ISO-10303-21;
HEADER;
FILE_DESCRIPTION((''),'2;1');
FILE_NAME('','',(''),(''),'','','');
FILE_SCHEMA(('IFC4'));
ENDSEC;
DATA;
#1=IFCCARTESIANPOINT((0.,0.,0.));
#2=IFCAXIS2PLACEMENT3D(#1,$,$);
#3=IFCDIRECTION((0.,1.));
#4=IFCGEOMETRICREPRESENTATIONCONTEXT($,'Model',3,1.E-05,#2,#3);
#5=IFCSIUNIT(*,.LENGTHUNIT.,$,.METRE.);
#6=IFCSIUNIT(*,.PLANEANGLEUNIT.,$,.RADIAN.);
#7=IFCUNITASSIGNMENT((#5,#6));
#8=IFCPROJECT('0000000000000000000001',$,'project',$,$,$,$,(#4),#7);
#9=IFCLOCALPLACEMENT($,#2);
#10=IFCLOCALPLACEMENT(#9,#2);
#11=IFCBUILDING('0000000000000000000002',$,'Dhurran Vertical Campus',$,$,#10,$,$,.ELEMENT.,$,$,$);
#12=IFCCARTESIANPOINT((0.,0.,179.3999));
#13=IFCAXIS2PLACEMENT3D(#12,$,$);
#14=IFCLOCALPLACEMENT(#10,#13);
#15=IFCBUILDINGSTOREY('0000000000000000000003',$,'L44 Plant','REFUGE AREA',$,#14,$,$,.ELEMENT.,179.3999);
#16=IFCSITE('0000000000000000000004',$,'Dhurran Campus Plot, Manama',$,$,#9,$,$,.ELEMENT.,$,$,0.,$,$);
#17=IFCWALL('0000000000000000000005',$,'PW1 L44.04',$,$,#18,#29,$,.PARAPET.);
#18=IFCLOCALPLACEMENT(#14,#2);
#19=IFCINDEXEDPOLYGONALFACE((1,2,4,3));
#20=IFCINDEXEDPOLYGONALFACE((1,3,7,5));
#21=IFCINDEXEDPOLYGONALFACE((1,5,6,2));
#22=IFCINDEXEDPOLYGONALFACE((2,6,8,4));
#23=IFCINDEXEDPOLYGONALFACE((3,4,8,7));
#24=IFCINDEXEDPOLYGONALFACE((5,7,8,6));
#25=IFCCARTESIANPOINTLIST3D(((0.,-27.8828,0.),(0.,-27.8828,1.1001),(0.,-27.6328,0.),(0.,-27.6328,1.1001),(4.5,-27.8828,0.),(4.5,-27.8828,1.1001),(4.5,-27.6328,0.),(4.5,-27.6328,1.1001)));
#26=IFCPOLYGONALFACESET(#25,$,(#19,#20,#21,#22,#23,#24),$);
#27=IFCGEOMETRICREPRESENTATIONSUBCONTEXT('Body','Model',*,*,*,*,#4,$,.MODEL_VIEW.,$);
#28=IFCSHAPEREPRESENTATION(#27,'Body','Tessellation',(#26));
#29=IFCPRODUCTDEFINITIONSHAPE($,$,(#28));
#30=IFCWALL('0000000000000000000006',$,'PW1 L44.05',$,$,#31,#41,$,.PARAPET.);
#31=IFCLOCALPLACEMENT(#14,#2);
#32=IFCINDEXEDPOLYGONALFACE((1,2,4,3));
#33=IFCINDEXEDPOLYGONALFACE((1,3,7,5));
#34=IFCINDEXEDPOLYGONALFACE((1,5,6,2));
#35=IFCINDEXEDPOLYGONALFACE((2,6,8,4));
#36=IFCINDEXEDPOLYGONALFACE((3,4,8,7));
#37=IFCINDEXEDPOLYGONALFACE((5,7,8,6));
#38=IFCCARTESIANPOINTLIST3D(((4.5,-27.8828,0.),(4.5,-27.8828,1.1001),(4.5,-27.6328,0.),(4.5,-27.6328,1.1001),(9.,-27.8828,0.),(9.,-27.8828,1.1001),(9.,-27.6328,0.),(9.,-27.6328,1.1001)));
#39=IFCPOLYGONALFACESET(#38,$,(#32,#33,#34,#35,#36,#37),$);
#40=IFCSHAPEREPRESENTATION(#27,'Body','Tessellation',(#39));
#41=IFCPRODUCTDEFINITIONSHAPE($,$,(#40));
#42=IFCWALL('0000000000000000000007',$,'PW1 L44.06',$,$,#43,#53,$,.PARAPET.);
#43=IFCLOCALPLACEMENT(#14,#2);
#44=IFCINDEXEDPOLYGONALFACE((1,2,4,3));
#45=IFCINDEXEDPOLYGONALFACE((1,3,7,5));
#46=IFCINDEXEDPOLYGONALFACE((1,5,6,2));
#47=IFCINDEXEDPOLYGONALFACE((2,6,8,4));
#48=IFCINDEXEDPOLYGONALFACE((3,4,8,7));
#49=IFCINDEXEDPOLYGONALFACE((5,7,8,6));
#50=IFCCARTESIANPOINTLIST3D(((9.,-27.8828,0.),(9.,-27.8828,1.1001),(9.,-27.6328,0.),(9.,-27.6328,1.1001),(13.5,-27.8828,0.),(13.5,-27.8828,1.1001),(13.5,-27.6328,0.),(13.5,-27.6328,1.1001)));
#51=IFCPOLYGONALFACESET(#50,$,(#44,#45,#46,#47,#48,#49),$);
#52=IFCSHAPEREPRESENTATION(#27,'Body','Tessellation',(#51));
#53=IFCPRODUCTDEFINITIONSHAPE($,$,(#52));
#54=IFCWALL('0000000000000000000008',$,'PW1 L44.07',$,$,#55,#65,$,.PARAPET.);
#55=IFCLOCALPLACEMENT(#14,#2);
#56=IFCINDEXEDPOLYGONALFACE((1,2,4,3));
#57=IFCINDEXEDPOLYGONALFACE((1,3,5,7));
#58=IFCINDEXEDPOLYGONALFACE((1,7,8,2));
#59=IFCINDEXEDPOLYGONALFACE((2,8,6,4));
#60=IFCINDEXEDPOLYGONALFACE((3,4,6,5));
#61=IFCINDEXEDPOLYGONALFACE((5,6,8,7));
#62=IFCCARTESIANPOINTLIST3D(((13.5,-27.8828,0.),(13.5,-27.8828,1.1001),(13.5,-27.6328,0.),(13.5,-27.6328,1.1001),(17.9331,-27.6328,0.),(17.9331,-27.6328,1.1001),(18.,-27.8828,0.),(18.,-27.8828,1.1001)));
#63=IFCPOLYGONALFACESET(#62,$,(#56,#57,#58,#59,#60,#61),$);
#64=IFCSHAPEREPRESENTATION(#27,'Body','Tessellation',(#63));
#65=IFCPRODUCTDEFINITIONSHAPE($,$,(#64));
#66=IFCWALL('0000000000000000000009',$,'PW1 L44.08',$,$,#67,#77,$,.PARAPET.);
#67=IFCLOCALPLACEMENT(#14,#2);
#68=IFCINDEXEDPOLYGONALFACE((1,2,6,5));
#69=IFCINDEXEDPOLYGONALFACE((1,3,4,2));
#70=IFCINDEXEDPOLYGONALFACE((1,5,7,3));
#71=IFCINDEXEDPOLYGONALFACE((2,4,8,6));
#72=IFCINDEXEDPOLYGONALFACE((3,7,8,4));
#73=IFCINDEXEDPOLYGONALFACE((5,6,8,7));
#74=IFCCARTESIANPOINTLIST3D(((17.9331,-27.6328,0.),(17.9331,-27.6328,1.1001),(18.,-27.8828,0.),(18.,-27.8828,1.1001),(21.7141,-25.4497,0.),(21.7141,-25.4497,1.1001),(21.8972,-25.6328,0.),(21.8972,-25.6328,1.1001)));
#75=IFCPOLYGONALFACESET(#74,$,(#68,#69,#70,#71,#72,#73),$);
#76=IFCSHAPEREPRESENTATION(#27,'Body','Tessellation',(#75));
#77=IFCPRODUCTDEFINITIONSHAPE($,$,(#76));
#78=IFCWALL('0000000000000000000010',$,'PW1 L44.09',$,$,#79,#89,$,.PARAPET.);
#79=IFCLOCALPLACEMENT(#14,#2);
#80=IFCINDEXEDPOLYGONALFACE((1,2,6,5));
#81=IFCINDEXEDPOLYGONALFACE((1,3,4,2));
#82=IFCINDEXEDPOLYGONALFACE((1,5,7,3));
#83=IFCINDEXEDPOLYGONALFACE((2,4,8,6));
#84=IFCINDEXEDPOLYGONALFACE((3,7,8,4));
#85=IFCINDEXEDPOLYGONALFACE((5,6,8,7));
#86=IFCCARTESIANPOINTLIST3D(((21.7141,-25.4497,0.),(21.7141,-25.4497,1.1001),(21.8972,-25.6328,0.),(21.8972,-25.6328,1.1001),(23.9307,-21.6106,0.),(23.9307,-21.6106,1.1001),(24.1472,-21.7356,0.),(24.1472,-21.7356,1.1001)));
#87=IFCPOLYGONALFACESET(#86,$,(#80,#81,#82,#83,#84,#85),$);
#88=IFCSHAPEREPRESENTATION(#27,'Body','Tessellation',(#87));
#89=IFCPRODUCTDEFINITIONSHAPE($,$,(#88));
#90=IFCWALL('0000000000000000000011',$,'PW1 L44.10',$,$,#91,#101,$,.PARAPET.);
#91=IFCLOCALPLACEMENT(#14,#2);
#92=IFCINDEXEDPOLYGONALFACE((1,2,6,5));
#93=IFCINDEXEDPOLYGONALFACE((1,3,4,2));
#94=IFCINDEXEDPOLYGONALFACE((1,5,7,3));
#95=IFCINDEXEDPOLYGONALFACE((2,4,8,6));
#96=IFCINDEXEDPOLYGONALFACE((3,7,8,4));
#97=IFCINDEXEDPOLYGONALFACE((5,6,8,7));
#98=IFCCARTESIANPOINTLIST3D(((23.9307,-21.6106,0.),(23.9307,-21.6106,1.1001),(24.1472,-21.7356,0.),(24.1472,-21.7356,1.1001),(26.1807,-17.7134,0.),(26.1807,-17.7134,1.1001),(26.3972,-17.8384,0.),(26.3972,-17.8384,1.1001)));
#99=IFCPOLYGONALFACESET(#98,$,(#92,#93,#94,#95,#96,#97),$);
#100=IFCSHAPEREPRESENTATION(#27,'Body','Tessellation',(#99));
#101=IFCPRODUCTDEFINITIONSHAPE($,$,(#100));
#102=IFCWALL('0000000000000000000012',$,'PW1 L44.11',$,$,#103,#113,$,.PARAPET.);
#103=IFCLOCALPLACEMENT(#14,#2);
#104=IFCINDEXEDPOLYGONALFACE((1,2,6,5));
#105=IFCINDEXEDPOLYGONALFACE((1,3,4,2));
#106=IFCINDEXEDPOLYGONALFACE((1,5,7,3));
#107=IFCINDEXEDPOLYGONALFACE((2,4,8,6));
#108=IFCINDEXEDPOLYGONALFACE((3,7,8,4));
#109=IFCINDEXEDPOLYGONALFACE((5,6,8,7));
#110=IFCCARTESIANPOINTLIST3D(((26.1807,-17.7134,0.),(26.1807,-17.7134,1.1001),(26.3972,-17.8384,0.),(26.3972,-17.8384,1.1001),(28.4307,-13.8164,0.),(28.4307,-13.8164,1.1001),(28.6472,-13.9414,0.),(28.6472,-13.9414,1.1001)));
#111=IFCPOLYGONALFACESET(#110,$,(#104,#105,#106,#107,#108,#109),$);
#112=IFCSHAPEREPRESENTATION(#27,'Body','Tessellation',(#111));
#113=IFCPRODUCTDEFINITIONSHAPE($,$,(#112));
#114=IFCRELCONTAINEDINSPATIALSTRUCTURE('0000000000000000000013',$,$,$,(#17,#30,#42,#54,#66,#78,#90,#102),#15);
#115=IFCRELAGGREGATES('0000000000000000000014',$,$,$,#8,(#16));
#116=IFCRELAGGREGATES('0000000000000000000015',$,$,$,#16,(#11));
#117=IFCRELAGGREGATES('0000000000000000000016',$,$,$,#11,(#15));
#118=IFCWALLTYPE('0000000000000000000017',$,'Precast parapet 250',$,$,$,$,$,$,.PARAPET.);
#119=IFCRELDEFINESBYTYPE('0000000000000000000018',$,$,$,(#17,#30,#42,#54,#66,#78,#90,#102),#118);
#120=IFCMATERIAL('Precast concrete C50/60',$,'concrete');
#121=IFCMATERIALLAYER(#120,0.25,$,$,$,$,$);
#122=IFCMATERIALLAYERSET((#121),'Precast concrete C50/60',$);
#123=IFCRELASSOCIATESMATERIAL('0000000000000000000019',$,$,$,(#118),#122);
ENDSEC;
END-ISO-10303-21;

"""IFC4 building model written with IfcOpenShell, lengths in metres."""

from ifc_helpers import new_model, si_unit, direction, frame, origin, place, context, subcontext, project, spatial, polyline, outline, extrude, material, layer, layer_set, type_object, element, save


model = new_model("IFC4")

# Units and contexts
model_context = context("Model", 3, precision=1e-05, world=origin(), true_north=direction((0.0, 1.0)))
body_context = subcontext(model_context, "Body", "Model", "MODEL_VIEW")
ifc_project = project(units=[si_unit("LENGTHUNIT", "METRE"), si_unit("PLANEANGLEUNIT", "RADIAN")], contexts=[model_context])

# Site, building, storey
site_placement = place(None, origin())
site = spatial("IfcSite", under=ifc_project, at=site_placement, Name="Dhurran Campus Plot, Manama", CompositionType="ELEMENT", RefElevation=0.0)
building_placement = place(site_placement, origin())
building = spatial("IfcBuilding", under=site, at=building_placement, Name="Dhurran Vertical Campus", CompositionType="ELEMENT")
storey_placement = place(building_placement, frame((0.0, 0.0, 179.3999)))
storey = spatial("IfcBuildingStorey", under=building, at=storey_placement, Name="L44 Plant", Description="REFUGE AREA", CompositionType="ELEMENT", Elevation=179.3999)

# Walls
ifc_material_1 = material(Name="Precast concrete C50/60", Category="concrete")
ifc_layer_1 = layer(ifc_material_1, 0.25)
ifc_layer_set_1 = layer_set([ifc_layer_1], Name="Precast concrete C50/60")
wall_type = type_object("IfcWallType", Name="Precast parapet 250", PredefinedType="PARAPET", material=ifc_layer_set_1)
wall_1_placement = place(storey_placement, origin())
element("IfcWall", 1, at=wall_1_placement, inside=storey, type_object=wall_type, Name="PW1 L44.04", PredefinedType="PARAPET", context=body_context, shape_type="SweptSolid", body=[
    extrude(outline(polyline([(0.0, -27.8828), (4.5, -27.8828), (4.5, -27.6328), (0.0, -27.6328), (0.0, -27.8828)])), origin(), (0.0, 0.0, 1.0), 1.1001),
])
wall_2_placement = place(storey_placement, origin())
element("IfcWall", 2, at=wall_2_placement, inside=storey, type_object=wall_type, Name="PW1 L44.05", PredefinedType="PARAPET", context=body_context, shape_type="SweptSolid", body=[
    extrude(outline(polyline([(4.5, -27.8828), (9.0, -27.8828), (9.0, -27.6328), (4.5, -27.6328), (4.5, -27.8828)])), origin(), (0.0, 0.0, 1.0), 1.1001),
])
wall_3_placement = place(storey_placement, origin())
element("IfcWall", 3, at=wall_3_placement, inside=storey, type_object=wall_type, Name="PW1 L44.06", PredefinedType="PARAPET", context=body_context, shape_type="SweptSolid", body=[
    extrude(outline(polyline([(9.0, -27.8828), (13.5, -27.8828), (13.5, -27.6328), (9.0, -27.6328), (9.0, -27.8828)])), origin(), (0.0, 0.0, 1.0), 1.1001),
])
wall_4_placement = place(storey_placement, origin())
element("IfcWall", 4, at=wall_4_placement, inside=storey, type_object=wall_type, Name="PW1 L44.07", PredefinedType="PARAPET", context=body_context, shape_type="SweptSolid", body=[
    extrude(outline(polyline([(13.5, -27.8828), (18.0, -27.8828), (17.9331, -27.6328), (13.5, -27.6328), (13.5, -27.8828)])), origin(), (0.0, 0.0, 1.0), 1.1001),
])
wall_5_placement = place(storey_placement, origin())
element("IfcWall", 5, at=wall_5_placement, inside=storey, type_object=wall_type, Name="PW1 L44.08", PredefinedType="PARAPET", context=body_context, shape_type="SweptSolid", body=[
    extrude(outline(polyline([(18.0, -27.8828), (21.8972, -25.6328), (21.7141, -25.4497), (17.9331, -27.6328), (18.0, -27.8828)])), origin(), (0.0, 0.0, 1.0), 1.1001),
])
wall_6_placement = place(storey_placement, origin())
element("IfcWall", 6, at=wall_6_placement, inside=storey, type_object=wall_type, Name="PW1 L44.09", PredefinedType="PARAPET", context=body_context, shape_type="SweptSolid", body=[
    extrude(outline(polyline([(21.8972, -25.6328), (24.1472, -21.7356), (23.9307, -21.6106), (21.7141, -25.4497), (21.8972, -25.6328)])), origin(), (0.0, 0.0, 1.0), 1.1001),
])
wall_7_placement = place(storey_placement, origin())
element("IfcWall", 7, at=wall_7_placement, inside=storey, type_object=wall_type, Name="PW1 L44.10", PredefinedType="PARAPET", context=body_context, shape_type="SweptSolid", body=[
    extrude(outline(polyline([(24.1472, -21.7356), (26.3972, -17.8384), (26.1807, -17.7134), (23.9307, -21.6106), (24.1472, -21.7356)])), origin(), (0.0, 0.0, 1.0), 1.1001),
])
wall_8_placement = place(storey_placement, origin())
element("IfcWall", 8, at=wall_8_placement, inside=storey, type_object=wall_type, Name="PW1 L44.11", PredefinedType="PARAPET", context=body_context, shape_type="SweptSolid", body=[
    extrude(outline(polyline([(26.3972, -17.8384), (28.6472, -13.9414), (28.4307, -13.8164), (26.1807, -17.7134), (26.3972, -17.8384)])), origin(), (0.0, 0.0, 1.0), 1.1001),
])

save(model, "model.ifc")
